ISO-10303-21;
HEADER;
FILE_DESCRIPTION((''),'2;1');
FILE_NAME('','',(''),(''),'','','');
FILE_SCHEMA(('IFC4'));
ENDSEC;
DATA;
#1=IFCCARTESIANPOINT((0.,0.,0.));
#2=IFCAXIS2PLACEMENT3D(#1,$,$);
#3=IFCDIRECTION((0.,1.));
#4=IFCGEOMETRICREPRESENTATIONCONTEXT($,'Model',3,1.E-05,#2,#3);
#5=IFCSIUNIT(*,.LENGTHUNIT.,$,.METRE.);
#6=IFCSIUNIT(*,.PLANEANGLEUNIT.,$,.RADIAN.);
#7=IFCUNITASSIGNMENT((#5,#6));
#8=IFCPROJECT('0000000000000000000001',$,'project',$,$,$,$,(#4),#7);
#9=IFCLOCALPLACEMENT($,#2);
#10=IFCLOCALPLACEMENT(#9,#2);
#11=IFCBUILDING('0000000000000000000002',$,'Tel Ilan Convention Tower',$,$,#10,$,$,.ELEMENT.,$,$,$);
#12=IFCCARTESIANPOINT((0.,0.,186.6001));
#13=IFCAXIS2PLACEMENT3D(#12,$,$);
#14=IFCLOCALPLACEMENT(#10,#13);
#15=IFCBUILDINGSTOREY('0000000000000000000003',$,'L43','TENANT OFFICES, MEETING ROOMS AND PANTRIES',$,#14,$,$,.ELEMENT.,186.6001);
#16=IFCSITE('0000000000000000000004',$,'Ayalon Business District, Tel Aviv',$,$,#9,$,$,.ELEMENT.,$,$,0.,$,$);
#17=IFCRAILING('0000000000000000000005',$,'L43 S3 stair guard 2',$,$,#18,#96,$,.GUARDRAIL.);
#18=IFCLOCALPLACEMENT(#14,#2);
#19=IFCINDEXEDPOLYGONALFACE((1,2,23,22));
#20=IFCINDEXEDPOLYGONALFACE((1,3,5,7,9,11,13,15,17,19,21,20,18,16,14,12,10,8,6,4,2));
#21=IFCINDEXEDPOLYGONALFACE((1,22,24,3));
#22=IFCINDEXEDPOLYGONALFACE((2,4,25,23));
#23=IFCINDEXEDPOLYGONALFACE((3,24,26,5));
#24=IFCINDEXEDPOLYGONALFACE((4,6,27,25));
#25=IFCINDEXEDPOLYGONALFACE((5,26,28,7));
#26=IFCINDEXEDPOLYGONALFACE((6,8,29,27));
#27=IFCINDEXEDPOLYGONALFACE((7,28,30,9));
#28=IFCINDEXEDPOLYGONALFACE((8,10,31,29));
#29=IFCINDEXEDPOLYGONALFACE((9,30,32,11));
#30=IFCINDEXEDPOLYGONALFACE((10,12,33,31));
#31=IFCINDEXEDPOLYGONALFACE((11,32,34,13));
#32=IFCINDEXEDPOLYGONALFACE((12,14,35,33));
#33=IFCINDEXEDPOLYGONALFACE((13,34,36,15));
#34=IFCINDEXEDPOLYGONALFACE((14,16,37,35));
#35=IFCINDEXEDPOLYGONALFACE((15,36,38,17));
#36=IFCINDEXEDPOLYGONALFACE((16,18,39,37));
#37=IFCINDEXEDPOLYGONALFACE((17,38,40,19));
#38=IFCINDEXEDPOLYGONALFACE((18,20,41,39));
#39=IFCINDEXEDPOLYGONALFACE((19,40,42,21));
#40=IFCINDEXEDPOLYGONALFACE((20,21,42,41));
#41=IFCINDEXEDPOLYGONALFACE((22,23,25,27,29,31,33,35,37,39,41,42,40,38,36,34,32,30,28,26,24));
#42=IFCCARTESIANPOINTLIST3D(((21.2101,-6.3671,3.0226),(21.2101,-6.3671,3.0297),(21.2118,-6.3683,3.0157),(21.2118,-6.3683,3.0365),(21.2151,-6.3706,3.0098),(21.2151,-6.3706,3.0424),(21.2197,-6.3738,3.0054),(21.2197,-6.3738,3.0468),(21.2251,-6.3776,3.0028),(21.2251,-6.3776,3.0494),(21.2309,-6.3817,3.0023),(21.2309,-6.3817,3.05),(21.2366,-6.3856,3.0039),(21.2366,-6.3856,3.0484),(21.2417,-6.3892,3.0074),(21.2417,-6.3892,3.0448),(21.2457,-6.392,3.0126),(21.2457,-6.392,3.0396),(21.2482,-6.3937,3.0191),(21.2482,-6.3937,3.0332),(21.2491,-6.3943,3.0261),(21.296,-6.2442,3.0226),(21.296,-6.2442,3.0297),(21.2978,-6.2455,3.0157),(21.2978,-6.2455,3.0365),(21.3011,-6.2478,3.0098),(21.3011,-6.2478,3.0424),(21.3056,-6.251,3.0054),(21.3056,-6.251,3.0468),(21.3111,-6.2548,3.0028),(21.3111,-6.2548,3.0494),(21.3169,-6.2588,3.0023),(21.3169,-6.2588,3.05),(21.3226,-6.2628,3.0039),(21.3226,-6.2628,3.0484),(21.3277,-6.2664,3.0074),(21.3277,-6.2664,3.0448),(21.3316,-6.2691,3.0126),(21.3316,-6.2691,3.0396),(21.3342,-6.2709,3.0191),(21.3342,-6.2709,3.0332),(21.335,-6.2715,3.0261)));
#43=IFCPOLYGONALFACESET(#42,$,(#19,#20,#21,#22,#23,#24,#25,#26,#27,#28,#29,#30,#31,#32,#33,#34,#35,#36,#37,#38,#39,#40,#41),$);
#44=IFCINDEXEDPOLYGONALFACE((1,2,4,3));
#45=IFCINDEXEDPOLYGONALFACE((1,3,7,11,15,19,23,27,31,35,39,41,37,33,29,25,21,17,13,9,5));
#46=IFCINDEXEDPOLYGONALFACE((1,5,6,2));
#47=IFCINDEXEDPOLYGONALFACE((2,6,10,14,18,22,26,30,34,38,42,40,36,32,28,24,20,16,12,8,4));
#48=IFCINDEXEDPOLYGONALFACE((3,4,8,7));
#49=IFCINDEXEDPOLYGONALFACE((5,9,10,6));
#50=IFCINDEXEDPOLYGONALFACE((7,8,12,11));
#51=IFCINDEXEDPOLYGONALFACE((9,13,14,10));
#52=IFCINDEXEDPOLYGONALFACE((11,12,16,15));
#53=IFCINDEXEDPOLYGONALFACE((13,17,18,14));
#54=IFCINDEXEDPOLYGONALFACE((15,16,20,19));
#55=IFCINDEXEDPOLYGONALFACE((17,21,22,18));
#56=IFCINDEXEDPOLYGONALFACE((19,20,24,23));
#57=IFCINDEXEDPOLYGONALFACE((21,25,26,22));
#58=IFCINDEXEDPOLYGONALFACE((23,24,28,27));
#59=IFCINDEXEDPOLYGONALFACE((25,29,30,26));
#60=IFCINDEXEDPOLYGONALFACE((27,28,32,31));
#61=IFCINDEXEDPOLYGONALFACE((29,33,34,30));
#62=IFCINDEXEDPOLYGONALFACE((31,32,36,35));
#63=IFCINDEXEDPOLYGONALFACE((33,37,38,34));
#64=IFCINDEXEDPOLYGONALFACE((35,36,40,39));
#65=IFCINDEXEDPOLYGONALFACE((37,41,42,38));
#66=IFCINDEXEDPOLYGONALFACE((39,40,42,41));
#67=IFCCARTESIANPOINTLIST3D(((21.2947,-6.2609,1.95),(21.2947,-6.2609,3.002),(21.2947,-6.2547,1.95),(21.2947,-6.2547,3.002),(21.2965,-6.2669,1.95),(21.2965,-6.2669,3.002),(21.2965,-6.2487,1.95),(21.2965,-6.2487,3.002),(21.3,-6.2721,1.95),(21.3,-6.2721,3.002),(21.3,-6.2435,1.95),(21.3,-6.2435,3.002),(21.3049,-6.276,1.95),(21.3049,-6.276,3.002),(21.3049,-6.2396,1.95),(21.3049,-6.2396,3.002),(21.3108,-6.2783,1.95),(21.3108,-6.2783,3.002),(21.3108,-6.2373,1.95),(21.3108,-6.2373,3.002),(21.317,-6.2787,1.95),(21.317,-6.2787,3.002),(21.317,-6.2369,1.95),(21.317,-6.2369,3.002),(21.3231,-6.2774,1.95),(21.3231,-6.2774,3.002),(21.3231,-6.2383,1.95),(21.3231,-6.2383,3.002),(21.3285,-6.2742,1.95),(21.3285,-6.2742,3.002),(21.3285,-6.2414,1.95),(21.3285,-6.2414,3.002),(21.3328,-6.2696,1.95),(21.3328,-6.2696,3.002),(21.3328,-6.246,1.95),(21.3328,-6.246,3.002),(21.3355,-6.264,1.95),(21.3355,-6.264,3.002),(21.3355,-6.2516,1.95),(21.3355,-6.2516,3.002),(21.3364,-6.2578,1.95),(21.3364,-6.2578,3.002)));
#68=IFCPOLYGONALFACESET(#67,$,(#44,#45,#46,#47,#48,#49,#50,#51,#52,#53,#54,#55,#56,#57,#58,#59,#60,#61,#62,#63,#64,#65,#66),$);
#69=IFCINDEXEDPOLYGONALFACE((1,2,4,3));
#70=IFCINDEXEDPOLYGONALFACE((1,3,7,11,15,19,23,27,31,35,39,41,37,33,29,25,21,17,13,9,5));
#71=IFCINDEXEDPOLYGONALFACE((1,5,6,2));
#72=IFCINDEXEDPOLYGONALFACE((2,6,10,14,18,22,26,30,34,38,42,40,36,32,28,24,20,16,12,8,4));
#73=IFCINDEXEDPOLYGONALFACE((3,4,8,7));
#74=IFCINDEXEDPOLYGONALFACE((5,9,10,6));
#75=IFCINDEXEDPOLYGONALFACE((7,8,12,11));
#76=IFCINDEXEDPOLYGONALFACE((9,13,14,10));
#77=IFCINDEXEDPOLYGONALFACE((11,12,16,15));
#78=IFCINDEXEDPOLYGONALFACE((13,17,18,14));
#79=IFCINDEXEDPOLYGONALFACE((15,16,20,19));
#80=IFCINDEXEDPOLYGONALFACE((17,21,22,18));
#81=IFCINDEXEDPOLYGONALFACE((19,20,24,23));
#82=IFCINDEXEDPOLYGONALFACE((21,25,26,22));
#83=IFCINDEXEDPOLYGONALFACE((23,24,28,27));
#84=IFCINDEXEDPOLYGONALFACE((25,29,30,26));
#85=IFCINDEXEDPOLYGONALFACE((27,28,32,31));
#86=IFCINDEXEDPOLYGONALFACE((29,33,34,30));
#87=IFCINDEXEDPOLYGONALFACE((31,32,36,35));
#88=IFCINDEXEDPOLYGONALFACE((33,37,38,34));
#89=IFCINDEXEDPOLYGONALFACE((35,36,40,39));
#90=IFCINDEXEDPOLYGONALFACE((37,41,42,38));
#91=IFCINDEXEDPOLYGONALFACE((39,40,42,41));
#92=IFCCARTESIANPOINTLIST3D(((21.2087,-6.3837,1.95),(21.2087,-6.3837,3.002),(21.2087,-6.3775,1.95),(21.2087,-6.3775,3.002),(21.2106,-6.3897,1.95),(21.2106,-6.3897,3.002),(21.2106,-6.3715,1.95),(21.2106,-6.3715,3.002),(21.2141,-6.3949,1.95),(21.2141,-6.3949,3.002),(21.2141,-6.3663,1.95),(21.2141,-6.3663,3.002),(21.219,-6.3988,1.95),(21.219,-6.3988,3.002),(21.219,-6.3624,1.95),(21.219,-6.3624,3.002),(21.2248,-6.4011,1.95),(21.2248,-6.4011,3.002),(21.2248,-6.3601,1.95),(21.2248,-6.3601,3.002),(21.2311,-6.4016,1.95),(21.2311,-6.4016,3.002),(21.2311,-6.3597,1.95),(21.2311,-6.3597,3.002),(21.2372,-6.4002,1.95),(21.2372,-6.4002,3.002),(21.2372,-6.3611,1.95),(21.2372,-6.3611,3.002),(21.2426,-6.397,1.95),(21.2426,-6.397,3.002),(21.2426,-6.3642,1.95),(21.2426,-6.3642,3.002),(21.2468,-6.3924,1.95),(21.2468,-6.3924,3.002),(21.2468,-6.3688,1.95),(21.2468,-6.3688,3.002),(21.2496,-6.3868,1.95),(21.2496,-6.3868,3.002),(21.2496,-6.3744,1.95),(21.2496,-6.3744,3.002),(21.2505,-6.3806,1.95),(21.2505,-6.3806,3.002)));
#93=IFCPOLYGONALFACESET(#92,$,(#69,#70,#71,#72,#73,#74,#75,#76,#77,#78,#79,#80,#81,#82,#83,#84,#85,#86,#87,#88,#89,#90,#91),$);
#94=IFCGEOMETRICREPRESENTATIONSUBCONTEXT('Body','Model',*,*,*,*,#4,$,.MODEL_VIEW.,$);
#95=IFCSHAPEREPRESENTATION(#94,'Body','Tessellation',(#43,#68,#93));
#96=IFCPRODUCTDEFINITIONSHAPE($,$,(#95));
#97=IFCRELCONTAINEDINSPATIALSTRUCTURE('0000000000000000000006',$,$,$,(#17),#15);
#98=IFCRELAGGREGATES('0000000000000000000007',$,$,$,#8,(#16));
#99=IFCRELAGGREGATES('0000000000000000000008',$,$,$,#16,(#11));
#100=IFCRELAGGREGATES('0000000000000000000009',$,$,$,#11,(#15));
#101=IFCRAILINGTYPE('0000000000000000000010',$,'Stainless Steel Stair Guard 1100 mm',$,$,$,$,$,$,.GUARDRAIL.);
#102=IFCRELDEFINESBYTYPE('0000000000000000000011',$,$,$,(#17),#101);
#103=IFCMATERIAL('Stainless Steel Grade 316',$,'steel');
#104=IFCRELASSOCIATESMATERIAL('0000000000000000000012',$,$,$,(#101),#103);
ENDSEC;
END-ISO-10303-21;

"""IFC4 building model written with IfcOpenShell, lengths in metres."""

from ifc_helpers import new_model, si_unit, direction, frame, origin, origin_2d, place, context, subcontext, project, spatial, circle, extrude, material, type_object, element, save


model = new_model("IFC4")

# Units and contexts
model_context = context("Model", 3, precision=1e-05, world=origin(), true_north=direction((0.0, 1.0)))
body_context = subcontext(model_context, "Body", "Model", "MODEL_VIEW")
ifc_project = project(units=[si_unit("LENGTHUNIT", "METRE"), si_unit("PLANEANGLEUNIT", "RADIAN")], contexts=[model_context])

# Site, building, storey
site_placement = place(None, origin())
site = spatial("IfcSite", under=ifc_project, at=site_placement, Name="Ayalon Business District, Tel Aviv", CompositionType="ELEMENT", RefElevation=0.0)
building_placement = place(site_placement, origin())
building = spatial("IfcBuilding", under=site, at=building_placement, Name="Tel Ilan Convention Tower", CompositionType="ELEMENT")
storey_placement = place(building_placement, frame((0.0, 0.0, 186.6001)))
storey = spatial("IfcBuildingStorey", under=building, at=storey_placement, Name="L43", Description="TENANT OFFICES, MEETING ROOMS AND PANTRIES", CompositionType="ELEMENT", Elevation=186.6001)

# Railing
ifc_material_1 = material(Name="Stainless Steel Grade 316", Category="steel")
railing_type_1 = type_object("IfcRailingType", Name="Stainless Steel Stair Guard 1100 mm", PredefinedType="GUARDRAIL", material=ifc_material_1)
railing_1_placement = place(storey_placement, frame((21.3154, -6.2578, 1.95)))
element("IfcRailing", 1, at=railing_1_placement, inside=storey, type_object=railing_type_1, Name="L43 S3 stair guard 2", PredefinedType="GUARDRAIL", context=body_context, shape_type="SweptSolid", body=[
    extrude(circle(Radius=0.0239, at=origin_2d()), frame((0.0, 0.0, 1.0762), z_axis=(-0.573353, -0.819308, 0.0), x_axis=(0.819308, -0.573353, 0.0)), (0.0, 0.0, 1.0), 0.1499),
    extrude(circle(Radius=0.021, at=origin_2d()), origin(), (0.0, 0.0, 1.0), 1.052),
    extrude(circle(Radius=0.021, at=origin_2d()), frame((-0.0859, -0.1228, 0.0)), (0.0, 0.0, 1.0), 1.052),
])

save(model, "model.ifc")
